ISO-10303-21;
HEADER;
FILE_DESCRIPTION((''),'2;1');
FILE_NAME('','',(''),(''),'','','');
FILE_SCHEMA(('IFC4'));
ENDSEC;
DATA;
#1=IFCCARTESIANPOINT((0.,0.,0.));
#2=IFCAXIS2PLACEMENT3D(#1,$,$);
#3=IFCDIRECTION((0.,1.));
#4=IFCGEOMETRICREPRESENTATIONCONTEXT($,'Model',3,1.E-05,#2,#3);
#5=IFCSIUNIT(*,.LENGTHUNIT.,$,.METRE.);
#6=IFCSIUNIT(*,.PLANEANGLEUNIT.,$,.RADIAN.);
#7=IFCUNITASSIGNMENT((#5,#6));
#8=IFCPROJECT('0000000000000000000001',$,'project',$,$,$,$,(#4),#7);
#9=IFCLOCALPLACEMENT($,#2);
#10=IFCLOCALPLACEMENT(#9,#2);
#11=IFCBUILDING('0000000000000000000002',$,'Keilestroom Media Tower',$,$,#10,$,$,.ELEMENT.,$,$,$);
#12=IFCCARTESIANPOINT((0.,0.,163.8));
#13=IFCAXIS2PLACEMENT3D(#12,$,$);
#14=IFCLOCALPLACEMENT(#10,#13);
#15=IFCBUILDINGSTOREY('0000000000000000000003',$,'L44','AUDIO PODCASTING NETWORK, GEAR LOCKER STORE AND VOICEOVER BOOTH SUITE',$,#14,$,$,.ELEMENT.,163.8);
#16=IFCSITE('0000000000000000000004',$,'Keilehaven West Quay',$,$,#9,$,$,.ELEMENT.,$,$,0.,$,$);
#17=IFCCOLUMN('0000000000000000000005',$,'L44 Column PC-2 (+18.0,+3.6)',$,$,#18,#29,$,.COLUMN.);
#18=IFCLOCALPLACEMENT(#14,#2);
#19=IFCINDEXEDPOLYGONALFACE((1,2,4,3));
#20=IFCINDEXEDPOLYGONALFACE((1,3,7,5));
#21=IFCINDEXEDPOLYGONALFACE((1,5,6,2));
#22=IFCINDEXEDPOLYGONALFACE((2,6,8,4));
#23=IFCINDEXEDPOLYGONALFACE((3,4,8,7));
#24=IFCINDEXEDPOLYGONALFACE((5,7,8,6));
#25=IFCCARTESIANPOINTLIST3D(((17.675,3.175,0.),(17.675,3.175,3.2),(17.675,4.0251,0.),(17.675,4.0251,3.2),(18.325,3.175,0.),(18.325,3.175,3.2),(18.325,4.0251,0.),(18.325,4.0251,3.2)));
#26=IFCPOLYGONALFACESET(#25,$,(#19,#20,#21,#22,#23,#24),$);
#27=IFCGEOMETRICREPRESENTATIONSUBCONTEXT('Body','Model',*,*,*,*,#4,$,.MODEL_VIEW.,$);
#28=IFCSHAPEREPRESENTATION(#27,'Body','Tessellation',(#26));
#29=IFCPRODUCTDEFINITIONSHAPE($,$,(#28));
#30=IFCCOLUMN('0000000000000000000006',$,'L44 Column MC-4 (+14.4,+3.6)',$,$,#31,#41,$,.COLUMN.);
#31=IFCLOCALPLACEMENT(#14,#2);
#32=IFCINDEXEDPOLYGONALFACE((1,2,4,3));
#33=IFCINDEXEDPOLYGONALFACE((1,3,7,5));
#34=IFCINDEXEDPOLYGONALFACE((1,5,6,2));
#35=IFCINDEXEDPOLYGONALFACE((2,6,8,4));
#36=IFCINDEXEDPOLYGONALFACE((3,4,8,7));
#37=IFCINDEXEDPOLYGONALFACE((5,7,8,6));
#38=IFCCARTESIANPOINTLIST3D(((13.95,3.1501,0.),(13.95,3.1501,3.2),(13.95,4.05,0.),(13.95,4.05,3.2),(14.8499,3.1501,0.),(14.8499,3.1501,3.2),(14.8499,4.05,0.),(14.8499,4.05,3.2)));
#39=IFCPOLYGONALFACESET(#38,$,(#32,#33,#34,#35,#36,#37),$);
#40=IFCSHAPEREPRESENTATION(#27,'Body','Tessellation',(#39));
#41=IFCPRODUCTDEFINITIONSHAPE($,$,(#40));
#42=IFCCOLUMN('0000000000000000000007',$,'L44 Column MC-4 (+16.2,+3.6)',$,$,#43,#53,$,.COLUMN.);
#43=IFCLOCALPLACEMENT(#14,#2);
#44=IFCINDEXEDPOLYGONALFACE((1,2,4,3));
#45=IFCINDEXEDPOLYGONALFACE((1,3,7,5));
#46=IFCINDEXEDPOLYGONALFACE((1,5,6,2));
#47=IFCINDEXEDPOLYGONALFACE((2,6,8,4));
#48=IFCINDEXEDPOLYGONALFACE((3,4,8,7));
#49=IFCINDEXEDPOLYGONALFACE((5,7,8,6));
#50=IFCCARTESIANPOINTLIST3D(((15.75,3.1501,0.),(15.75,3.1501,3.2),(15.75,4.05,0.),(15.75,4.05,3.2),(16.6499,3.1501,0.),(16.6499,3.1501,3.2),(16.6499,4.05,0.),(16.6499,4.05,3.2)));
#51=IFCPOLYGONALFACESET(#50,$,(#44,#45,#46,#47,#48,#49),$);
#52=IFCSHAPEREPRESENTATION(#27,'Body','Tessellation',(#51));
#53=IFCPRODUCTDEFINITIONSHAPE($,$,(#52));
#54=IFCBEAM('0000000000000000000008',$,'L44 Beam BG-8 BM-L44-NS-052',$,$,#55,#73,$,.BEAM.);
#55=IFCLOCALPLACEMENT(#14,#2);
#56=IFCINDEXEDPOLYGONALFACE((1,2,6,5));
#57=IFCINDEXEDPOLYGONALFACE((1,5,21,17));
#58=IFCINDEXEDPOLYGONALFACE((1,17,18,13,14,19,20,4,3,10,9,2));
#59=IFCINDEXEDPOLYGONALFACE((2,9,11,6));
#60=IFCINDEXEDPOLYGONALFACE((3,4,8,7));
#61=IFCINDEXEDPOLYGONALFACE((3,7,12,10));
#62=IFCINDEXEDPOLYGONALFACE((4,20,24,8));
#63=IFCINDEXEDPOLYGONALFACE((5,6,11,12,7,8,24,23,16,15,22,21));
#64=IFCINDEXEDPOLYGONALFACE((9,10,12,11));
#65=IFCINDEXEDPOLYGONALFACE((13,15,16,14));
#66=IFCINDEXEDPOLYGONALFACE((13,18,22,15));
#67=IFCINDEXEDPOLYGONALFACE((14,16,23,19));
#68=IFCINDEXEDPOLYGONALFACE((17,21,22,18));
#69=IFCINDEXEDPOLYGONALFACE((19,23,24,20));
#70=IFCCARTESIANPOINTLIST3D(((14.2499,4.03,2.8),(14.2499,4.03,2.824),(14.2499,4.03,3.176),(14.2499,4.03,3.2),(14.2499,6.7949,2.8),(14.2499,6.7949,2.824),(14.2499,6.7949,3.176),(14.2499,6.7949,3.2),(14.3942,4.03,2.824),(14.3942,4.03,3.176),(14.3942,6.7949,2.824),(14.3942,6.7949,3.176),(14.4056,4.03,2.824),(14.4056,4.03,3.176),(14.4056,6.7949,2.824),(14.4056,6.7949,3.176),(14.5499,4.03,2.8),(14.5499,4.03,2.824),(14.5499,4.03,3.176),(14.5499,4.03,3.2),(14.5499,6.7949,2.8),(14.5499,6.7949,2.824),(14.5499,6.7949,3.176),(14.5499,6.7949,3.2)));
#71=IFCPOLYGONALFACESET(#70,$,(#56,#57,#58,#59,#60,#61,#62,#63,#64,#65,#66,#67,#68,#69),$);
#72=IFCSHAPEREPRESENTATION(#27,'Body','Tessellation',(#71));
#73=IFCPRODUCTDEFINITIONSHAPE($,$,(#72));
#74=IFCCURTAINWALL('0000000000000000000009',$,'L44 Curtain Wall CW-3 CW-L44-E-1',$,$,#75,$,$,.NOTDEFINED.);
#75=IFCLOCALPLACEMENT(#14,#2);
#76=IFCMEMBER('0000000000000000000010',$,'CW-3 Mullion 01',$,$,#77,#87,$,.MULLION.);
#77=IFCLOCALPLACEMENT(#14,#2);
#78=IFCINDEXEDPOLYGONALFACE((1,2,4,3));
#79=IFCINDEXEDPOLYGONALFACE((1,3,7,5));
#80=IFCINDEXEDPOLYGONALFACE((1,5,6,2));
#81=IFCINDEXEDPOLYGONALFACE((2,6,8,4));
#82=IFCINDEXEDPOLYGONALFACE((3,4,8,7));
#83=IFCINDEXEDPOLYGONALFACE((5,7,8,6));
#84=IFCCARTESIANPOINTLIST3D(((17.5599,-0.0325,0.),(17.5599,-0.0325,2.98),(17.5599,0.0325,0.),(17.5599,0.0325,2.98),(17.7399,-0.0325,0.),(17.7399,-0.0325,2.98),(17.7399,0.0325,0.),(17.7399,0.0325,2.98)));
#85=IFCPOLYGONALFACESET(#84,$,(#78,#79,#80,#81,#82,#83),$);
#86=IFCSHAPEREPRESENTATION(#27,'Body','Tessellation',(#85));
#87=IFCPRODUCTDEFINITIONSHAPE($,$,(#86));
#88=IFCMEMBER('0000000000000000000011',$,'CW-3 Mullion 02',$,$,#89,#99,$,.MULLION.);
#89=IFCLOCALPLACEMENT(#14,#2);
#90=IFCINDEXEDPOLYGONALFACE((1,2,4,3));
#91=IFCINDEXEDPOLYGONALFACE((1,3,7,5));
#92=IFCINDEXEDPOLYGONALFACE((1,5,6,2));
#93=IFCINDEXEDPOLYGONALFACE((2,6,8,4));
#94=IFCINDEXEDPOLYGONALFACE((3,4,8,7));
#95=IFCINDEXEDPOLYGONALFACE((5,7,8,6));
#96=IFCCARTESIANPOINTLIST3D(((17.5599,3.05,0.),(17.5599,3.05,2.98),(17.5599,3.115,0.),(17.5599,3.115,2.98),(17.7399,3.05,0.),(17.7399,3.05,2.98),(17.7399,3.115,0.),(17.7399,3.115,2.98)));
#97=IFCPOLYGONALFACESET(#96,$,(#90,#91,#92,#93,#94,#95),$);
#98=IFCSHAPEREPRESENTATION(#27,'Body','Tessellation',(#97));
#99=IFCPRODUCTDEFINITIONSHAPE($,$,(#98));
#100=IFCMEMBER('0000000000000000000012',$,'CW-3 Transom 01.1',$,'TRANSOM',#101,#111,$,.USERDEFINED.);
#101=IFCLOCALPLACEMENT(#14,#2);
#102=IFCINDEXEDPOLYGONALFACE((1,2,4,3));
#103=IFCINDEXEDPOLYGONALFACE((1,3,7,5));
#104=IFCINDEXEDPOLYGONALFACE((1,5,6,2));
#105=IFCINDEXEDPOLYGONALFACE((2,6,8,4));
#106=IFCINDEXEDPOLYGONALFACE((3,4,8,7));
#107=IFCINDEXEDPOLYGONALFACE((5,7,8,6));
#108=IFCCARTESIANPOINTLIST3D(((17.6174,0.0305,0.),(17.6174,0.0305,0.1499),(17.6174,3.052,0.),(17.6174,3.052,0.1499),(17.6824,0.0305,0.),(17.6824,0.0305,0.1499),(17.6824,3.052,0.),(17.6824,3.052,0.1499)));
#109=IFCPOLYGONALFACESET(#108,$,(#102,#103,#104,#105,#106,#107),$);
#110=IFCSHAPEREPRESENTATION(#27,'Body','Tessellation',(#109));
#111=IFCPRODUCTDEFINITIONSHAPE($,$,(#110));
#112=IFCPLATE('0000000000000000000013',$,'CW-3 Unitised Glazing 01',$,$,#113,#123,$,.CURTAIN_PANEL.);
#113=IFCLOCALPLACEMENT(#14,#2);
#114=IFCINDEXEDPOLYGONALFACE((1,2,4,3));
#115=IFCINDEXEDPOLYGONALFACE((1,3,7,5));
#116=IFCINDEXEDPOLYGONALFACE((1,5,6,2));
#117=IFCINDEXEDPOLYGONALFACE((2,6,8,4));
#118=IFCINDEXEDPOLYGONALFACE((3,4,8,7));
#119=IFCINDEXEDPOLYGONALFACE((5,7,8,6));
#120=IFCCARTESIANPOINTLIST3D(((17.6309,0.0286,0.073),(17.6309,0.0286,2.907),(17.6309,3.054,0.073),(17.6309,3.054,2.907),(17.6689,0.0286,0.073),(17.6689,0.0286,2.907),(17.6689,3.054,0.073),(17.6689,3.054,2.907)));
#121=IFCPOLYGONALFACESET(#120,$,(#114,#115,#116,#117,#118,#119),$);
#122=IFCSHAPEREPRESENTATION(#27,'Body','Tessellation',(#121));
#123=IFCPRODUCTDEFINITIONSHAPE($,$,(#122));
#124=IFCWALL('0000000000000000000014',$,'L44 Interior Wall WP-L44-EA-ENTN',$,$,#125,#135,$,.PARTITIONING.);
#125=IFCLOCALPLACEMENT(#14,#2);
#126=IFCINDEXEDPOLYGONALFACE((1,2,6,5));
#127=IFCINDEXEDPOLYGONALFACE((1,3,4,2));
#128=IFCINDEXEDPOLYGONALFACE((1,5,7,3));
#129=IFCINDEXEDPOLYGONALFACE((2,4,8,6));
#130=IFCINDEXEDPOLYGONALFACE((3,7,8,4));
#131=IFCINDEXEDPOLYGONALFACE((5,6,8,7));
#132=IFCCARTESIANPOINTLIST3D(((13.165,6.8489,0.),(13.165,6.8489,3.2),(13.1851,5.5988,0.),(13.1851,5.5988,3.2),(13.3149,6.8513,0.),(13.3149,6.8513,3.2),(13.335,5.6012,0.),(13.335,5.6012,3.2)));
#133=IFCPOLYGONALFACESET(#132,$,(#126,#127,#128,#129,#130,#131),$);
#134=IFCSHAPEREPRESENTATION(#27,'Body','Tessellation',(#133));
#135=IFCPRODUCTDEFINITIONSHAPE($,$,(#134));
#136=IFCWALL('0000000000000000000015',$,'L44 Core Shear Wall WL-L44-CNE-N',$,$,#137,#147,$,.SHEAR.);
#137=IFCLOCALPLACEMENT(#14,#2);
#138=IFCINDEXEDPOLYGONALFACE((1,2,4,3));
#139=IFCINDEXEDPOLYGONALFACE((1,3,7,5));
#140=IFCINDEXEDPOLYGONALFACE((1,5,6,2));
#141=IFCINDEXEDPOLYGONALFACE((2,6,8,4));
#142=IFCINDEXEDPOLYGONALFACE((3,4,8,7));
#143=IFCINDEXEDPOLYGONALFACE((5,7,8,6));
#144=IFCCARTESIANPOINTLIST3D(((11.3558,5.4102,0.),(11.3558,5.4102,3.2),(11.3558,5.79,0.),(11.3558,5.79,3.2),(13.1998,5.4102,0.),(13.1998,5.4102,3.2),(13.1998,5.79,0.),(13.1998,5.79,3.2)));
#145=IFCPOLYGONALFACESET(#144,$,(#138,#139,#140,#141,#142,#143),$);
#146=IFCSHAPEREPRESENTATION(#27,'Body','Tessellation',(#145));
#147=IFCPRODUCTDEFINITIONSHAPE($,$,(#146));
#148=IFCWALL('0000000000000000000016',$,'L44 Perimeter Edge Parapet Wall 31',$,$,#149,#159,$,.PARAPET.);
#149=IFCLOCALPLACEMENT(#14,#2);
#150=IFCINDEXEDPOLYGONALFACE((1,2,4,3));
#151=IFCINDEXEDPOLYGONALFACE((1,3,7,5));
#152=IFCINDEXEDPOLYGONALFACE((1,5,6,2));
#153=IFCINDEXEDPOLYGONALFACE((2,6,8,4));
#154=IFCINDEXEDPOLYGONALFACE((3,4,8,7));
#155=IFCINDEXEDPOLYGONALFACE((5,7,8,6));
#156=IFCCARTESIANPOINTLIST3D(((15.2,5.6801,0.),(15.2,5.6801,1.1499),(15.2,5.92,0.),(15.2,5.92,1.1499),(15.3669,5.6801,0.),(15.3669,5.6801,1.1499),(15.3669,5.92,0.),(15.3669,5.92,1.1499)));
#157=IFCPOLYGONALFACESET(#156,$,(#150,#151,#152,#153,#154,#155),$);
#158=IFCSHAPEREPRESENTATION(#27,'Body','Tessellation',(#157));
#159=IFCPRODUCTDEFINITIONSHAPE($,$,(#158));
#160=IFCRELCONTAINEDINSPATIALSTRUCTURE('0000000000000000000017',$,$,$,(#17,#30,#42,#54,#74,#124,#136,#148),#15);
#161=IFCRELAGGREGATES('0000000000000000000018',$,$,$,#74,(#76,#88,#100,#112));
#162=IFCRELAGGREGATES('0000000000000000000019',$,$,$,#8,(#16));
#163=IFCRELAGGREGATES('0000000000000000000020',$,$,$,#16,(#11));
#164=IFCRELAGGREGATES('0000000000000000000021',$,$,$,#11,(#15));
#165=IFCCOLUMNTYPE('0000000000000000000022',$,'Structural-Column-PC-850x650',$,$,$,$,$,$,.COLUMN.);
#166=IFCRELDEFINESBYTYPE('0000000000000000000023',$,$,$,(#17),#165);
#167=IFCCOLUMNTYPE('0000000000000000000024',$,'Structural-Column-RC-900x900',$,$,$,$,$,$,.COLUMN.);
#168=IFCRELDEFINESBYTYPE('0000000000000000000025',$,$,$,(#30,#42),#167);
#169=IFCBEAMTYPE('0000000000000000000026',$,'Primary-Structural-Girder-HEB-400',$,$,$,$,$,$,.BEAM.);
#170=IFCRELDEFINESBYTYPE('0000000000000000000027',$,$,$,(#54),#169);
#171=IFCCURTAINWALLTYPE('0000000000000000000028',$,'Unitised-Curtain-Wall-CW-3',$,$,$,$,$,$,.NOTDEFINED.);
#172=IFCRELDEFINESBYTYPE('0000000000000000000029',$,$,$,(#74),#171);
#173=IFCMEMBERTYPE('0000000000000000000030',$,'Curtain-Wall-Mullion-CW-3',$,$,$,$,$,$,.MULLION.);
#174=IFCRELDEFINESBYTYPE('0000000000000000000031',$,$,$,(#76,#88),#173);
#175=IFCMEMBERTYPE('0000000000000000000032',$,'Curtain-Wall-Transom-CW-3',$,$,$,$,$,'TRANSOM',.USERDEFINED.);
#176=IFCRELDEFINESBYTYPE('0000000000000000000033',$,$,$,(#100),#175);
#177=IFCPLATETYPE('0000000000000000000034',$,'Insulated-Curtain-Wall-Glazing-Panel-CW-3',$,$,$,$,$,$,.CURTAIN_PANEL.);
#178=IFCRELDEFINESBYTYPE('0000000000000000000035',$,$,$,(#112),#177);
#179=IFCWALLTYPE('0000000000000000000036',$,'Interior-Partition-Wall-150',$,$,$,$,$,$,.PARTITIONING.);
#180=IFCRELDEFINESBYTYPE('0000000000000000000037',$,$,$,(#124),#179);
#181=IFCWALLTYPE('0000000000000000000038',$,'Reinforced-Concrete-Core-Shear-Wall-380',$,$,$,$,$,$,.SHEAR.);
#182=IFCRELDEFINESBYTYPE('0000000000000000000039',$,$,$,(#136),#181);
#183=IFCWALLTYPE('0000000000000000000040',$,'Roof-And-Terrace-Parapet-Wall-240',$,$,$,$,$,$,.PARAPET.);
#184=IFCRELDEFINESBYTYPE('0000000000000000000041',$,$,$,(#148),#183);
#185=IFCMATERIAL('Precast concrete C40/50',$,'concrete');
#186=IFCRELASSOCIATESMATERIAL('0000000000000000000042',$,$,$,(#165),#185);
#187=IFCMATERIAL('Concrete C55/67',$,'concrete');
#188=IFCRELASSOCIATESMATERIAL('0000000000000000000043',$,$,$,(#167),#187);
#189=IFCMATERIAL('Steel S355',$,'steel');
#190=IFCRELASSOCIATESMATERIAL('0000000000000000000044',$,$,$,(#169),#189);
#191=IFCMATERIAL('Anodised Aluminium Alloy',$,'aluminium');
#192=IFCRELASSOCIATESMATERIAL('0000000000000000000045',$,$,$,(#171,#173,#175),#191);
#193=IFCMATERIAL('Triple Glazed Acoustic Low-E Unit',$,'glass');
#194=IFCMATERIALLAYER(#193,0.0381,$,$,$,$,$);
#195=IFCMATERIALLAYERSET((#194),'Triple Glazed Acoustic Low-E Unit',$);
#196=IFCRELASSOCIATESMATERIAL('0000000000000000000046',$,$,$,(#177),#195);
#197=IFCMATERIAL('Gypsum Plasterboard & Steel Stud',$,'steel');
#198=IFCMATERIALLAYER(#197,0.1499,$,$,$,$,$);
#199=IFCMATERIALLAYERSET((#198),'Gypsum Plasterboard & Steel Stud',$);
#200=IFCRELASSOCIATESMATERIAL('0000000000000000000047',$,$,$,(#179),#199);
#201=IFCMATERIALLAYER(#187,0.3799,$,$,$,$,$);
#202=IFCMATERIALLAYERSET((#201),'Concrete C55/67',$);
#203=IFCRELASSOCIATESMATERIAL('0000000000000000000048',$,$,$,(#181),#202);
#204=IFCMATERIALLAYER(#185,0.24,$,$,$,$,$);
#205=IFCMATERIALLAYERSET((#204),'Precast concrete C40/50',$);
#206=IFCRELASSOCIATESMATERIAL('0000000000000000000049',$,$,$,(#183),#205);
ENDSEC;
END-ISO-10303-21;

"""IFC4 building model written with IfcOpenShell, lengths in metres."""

from ifc_helpers import new_model, si_unit, direction, frame, frame_2d, origin, origin_2d, place, context, subcontext, project, spatial, rectangle, i_section, extrude, source, transform, mapped, material, layer, layer_set, material_profile, profile_set, type_object, element, aggregate, save


model = new_model("IFC4")

# Units and contexts
model_context = context("Model", 3, precision=1e-05, world=origin(), true_north=direction((0.0, 1.0)))
body_context = subcontext(model_context, "Body", "Model", "MODEL_VIEW")
ifc_project = project(units=[si_unit("LENGTHUNIT", "METRE"), si_unit("PLANEANGLEUNIT", "RADIAN")], contexts=[model_context])

# Site, building, storey
site_placement = place(None, origin())
site = spatial("IfcSite", under=ifc_project, at=site_placement, Name="Keilehaven West Quay", CompositionType="ELEMENT", RefElevation=0.0)
building_placement = place(site_placement, origin())
building = spatial("IfcBuilding", under=site, at=building_placement, Name="Keilestroom Media Tower", CompositionType="ELEMENT")
storey_placement = place(building_placement, frame((0.0, 0.0, 163.8)))
storey = spatial("IfcBuildingStorey", under=building, at=storey_placement, Name="L44", Description="AUDIO PODCASTING NETWORK, GEAR LOCKER STORE AND VOICEOVER BOOTH SUITE", CompositionType="ELEMENT", Elevation=163.8)

# Columns
ifc_material_1 = material(Name="Precast concrete C40/50", Category="concrete")
ifc_material_profile_1 = material_profile(ifc_material_1, rectangle(XDim=0.6499, YDim=0.8501, at=origin_2d()), Name="PC 850x650")
ifc_profile_set_1 = profile_set([ifc_material_profile_1], Name="Precast concrete C40/50")
column_type_1 = type_object("IfcColumnType", Name="Structural-Column-PC-850x650", PredefinedType="COLUMN", material=ifc_profile_set_1)
shared_shape_1 = source(origin(), body_context, "Body", "SweptSolid", [
    extrude(rectangle(XDim=0.6499, YDim=0.8501, at=origin_2d()), origin(), (0.0, 0.0, 1.0), 3.2),
])
column_placement = place(storey_placement, frame((18.0, 3.6001, 0.0), z_axis=(0.0, 0.0, 1.0), x_axis=(1.0, 0.0, 0.0)))
element("IfcColumn", 1, at=column_placement, inside=storey, type_object=column_type_1, Name="L44 Column PC-2 (+18.0,+3.6)", PredefinedType="COLUMN", context=body_context, shape_type="MappedRepresentation", body=[
    mapped(shared_shape_1, transform((0.0, 0.0, 0.0), x_axis=(1.0, 0.0, 0.0), y_axis=(0.0, 1.0, 0.0), z_axis=(0.0, 0.0, 1.0), scale=1.0)),
])
ifc_material_2 = material(Name="Concrete C55/67", Category="concrete")
ifc_material_profile_2 = material_profile(ifc_material_2, rectangle(XDim=0.8999, YDim=0.8999, at=origin_2d()), Name="RC 900x900")
ifc_profile_set_2 = profile_set([ifc_material_profile_2], Name="Concrete C55/67")
column_type_2 = type_object("IfcColumnType", Name="Structural-Column-RC-900x900", PredefinedType="COLUMN", material=ifc_profile_set_2)
shared_shape_2 = source(origin(), body_context, "Body", "SweptSolid", [
    extrude(rectangle(XDim=0.8999, YDim=0.8999, at=origin_2d()), origin(), (0.0, 0.0, 1.0), 3.2),
])
for number, where, z_axis, x_axis, name in (
    (2, (14.3999, 3.6001, 0.0), (0.0, 0.0, 1.0), (1.0, 0.0, 0.0), "L44 Column MC-4 (+14.4,+3.6)"),
    (3, (16.2, 3.6001, 0.0), (0.0, 0.0, 1.0), (1.0, 0.0, 0.0), "L44 Column MC-4 (+16.2,+3.6)"),
):
    element("IfcColumn", number, at=place(storey_placement, frame(where, z_axis=z_axis, x_axis=x_axis)), inside=storey, type_object=column_type_2, Name=name, PredefinedType="COLUMN", context=body_context, shape_type="MappedRepresentation", body=[
        mapped(shared_shape_2, transform((0.0, 0.0, 0.0), x_axis=(1.0, 0.0, 0.0), y_axis=(0.0, 1.0, 0.0), z_axis=(0.0, 0.0, 1.0), scale=1.0)),
    ])

# Beam
ifc_material_3 = material(Name="Steel S355", Category="steel")
ifc_material_profile_3 = material_profile(ifc_material_3, i_section(OverallWidth=0.3, OverallDepth=0.3999, WebThickness=0.0115, FlangeThickness=0.0239, at=origin_2d()), Name="HEB 400")
ifc_profile_set_3 = profile_set([ifc_material_profile_3], Name="Steel S355")
beam_type = type_object("IfcBeamType", Name="Primary-Structural-Girder-HEB-400", PredefinedType="BEAM", material=ifc_profile_set_3)
shared_shape_3 = source(origin(), body_context, "Body", "SweptSolid", [
    extrude(i_section(OverallWidth=0.3, OverallDepth=0.3999, WebThickness=0.0115, FlangeThickness=0.0239, at=origin_2d()), origin(), (0.0, 0.0, 1.0), 2.7649),
])
beam_placement = place(storey_placement, frame((14.3999, 4.03, 3.0), z_axis=(0.0, 1.0, 0.0), x_axis=(-1.0, 0.0, 0.0)))
element("IfcBeam", 4, at=beam_placement, inside=storey, type_object=beam_type, Name="L44 Beam BG-8 BM-L44-NS-052", PredefinedType="BEAM", context=body_context, shape_type="MappedRepresentation", body=[
    mapped(shared_shape_3, transform((0.0, 0.0, 0.0), x_axis=(1.0, 0.0, 0.0), y_axis=(0.0, 1.0, 0.0), z_axis=(0.0, 0.0, 1.0), scale=1.0)),
])

# Curtain wall, members, plate
ifc_material_4 = material(Name="Anodised Aluminium Alloy", Category="aluminium")
curtain_wall_type = type_object("IfcCurtainWallType", Name="Unitised-Curtain-Wall-CW-3", PredefinedType="NOTDEFINED", material=ifc_material_4)
curtain_wall_placement = place(storey_placement, origin())
curtain_wall = element("IfcCurtainWall", 5, at=curtain_wall_placement, inside=storey, type_object=curtain_wall_type, Name="L44 Curtain Wall CW-3 CW-L44-E-1", PredefinedType="NOTDEFINED")
ifc_material_profile_4 = material_profile(ifc_material_4, rectangle(XDim=0.0649, YDim=0.1799, at=origin_2d()), Name="ALU MULLION 65x180")
ifc_profile_set_4 = profile_set([ifc_material_profile_4], Name="Anodised Aluminium Alloy")
member_type_1 = type_object("IfcMemberType", Name="Curtain-Wall-Mullion-CW-3", PredefinedType="MULLION", material=ifc_profile_set_4)
shared_shape_4 = source(origin(), body_context, "Body", "SweptSolid", [
    extrude(rectangle(XDim=0.0649, YDim=0.1799, at=origin_2d()), origin(), (0.0, 0.0, 1.0), 2.98),
])
member_1_placement = place(storey_placement, frame((17.6499, 0.0, 0.0), z_axis=(0.0, 0.0, 1.0), x_axis=(0.0, 1.0, 0.0)))
member_1 = element("IfcMember", 6, at=member_1_placement, type_object=member_type_1, Name="CW-3 Mullion 01", PredefinedType="MULLION", context=body_context, shape_type="MappedRepresentation", body=[
    mapped(shared_shape_4, transform((0.0, 0.0, 0.0), x_axis=(1.0, 0.0, 0.0), y_axis=(0.0, 1.0, 0.0), z_axis=(0.0, 0.0, 1.0), scale=1.0)),
])
member_2_placement = place(storey_placement, frame((17.6499, 3.0825, 0.0), z_axis=(0.0, 0.0, 1.0), x_axis=(0.0, 1.0, 0.0)))
member_2 = element("IfcMember", 7, at=member_2_placement, type_object=member_type_1, Name="CW-3 Mullion 02", PredefinedType="MULLION", context=body_context, shape_type="MappedRepresentation", body=[
    mapped(shared_shape_4, transform((0.0, 0.0, 0.0), x_axis=(1.0, 0.0, 0.0), y_axis=(0.0, 1.0, 0.0), z_axis=(0.0, 0.0, 1.0), scale=1.0)),
])
ifc_material_profile_5 = material_profile(ifc_material_4, rectangle(XDim=0.0649, YDim=0.1499, at=origin_2d()), Name="ALU TRANSOM 65x150")
ifc_profile_set_5 = profile_set([ifc_material_profile_5], Name="Anodised Aluminium Alloy")
member_type_2 = type_object("IfcMemberType", Name="Curtain-Wall-Transom-CW-3", ElementType="TRANSOM", PredefinedType="USERDEFINED", material=ifc_profile_set_5)
shared_shape_5 = source(origin(), body_context, "Body", "SweptSolid", [
    extrude(rectangle(XDim=0.0649, YDim=0.1499, at=origin_2d()), origin(), (0.0, 0.0, 1.0), 3.0215),
])
member_3_placement = place(storey_placement, frame((17.6499, 0.0305, 0.075), z_axis=(0.0, 1.0, 0.0), x_axis=(-1.0, 0.0, 0.0)))
member_3 = element("IfcMember", 8, at=member_3_placement, type_object=member_type_2, Name="CW-3 Transom 01.1", ObjectType="TRANSOM", PredefinedType="USERDEFINED", context=body_context, shape_type="MappedRepresentation", body=[
    mapped(shared_shape_5, transform((0.0, 0.0, 0.0), x_axis=(1.0, 0.0, 0.0), y_axis=(0.0, 1.0, 0.0), z_axis=(0.0, 0.0, 1.0), scale=1.0)),
])
ifc_material_5 = material(Name="Triple Glazed Acoustic Low-E Unit", Category="glass")
ifc_layer_1 = layer(ifc_material_5, 0.0381)
ifc_layer_set_1 = layer_set([ifc_layer_1], Name="Triple Glazed Acoustic Low-E Unit")
plate_type = type_object("IfcPlateType", Name="Insulated-Curtain-Wall-Glazing-Panel-CW-3", PredefinedType="CURTAIN_PANEL", material=ifc_layer_set_1)
shared_shape_6 = source(origin(), body_context, "Body", "SweptSolid", [
    extrude(rectangle(XDim=3.0254, YDim=0.0381, at=origin_2d()), origin(), (0.0, 0.0, 1.0), 2.834),
])
plate_placement = place(storey_placement, frame((17.6499, 1.5413, 0.073), z_axis=(0.0, 0.0, 1.0), x_axis=(0.0, 1.0, 0.0)))
plate = element("IfcPlate", 9, at=plate_placement, type_object=plate_type, Name="CW-3 Unitised Glazing 01", PredefinedType="CURTAIN_PANEL", context=body_context, shape_type="MappedRepresentation", body=[
    mapped(shared_shape_6, transform((0.0, 0.0, 0.0), x_axis=(1.0, 0.0, 0.0), y_axis=(0.0, 1.0, 0.0), z_axis=(0.0, 0.0, 1.0), scale=1.0)),
])
aggregate(curtain_wall, [member_1, member_2, member_3, plate])

# Walls
ifc_material_6 = material(Name="Gypsum Plasterboard & Steel Stud", Category="steel")
ifc_layer_2 = layer(ifc_material_6, 0.1499)
ifc_layer_set_2 = layer_set([ifc_layer_2], Name="Gypsum Plasterboard & Steel Stud")
wall_type_1 = type_object("IfcWallType", Name="Interior-Partition-Wall-150", PredefinedType="PARTITIONING", material=ifc_layer_set_2)
wall_1_placement = place(storey_placement, frame((13.26, 5.6001, 0.0), z_axis=(0.0, 0.0, 1.0), x_axis=(-0.016014, 0.999872, 0.0)))
element("IfcWall", 10, at=wall_1_placement, inside=storey, type_object=wall_type_1, Name="L44 Interior Wall WP-L44-EA-ENTN", PredefinedType="PARTITIONING", context=body_context, shape_type="SweptSolid", body=[
    extrude(rectangle(XDim=1.2502, YDim=0.1499, at=frame_2d((0.625, 0.0))), origin(), (0.0, 0.0, 1.0), 3.2),
])
ifc_layer_3 = layer(ifc_material_2, 0.3799)
ifc_layer_set_3 = layer_set([ifc_layer_3], Name="Concrete C55/67")
wall_type_2 = type_object("IfcWallType", Name="Reinforced-Concrete-Core-Shear-Wall-380", PredefinedType="SHEAR", material=ifc_layer_set_3)
wall_2_placement = place(storey_placement, frame((11.356, 5.6001, 0.0), z_axis=(0.0, 0.0, 1.0), x_axis=(1.0, 0.0, 0.0)))
element("IfcWall", 11, at=wall_2_placement, inside=storey, type_object=wall_type_2, Name="L44 Core Shear Wall WL-L44-CNE-N", PredefinedType="SHEAR", context=body_context, shape_type="SweptSolid", body=[
    extrude(rectangle(XDim=1.844, YDim=0.3799, at=frame_2d((0.9219, 0.0))), origin(), (0.0, 0.0, 1.0), 3.2),
])
ifc_layer_4 = layer(ifc_material_1, 0.24)
ifc_layer_set_4 = layer_set([ifc_layer_4], Name="Precast concrete C40/50")
wall_type_3 = type_object("IfcWallType", Name="Roof-And-Terrace-Parapet-Wall-240", PredefinedType="PARAPET", material=ifc_layer_set_4)
wall_3_placement = place(storey_placement, frame((15.2, 5.8, 0.0), z_axis=(0.0, 0.0, 1.0), x_axis=(1.0, 0.0, 0.0)))
element("IfcWall", 12, at=wall_3_placement, inside=storey, type_object=wall_type_3, Name="L44 Perimeter Edge Parapet Wall 31", PredefinedType="PARAPET", context=body_context, shape_type="SweptSolid", body=[
    extrude(rectangle(XDim=0.167, YDim=0.24, at=frame_2d((0.0835, 0.0))), origin(), (0.0, 0.0, 1.0), 1.1499),
])

save(model, "model.ifc")
